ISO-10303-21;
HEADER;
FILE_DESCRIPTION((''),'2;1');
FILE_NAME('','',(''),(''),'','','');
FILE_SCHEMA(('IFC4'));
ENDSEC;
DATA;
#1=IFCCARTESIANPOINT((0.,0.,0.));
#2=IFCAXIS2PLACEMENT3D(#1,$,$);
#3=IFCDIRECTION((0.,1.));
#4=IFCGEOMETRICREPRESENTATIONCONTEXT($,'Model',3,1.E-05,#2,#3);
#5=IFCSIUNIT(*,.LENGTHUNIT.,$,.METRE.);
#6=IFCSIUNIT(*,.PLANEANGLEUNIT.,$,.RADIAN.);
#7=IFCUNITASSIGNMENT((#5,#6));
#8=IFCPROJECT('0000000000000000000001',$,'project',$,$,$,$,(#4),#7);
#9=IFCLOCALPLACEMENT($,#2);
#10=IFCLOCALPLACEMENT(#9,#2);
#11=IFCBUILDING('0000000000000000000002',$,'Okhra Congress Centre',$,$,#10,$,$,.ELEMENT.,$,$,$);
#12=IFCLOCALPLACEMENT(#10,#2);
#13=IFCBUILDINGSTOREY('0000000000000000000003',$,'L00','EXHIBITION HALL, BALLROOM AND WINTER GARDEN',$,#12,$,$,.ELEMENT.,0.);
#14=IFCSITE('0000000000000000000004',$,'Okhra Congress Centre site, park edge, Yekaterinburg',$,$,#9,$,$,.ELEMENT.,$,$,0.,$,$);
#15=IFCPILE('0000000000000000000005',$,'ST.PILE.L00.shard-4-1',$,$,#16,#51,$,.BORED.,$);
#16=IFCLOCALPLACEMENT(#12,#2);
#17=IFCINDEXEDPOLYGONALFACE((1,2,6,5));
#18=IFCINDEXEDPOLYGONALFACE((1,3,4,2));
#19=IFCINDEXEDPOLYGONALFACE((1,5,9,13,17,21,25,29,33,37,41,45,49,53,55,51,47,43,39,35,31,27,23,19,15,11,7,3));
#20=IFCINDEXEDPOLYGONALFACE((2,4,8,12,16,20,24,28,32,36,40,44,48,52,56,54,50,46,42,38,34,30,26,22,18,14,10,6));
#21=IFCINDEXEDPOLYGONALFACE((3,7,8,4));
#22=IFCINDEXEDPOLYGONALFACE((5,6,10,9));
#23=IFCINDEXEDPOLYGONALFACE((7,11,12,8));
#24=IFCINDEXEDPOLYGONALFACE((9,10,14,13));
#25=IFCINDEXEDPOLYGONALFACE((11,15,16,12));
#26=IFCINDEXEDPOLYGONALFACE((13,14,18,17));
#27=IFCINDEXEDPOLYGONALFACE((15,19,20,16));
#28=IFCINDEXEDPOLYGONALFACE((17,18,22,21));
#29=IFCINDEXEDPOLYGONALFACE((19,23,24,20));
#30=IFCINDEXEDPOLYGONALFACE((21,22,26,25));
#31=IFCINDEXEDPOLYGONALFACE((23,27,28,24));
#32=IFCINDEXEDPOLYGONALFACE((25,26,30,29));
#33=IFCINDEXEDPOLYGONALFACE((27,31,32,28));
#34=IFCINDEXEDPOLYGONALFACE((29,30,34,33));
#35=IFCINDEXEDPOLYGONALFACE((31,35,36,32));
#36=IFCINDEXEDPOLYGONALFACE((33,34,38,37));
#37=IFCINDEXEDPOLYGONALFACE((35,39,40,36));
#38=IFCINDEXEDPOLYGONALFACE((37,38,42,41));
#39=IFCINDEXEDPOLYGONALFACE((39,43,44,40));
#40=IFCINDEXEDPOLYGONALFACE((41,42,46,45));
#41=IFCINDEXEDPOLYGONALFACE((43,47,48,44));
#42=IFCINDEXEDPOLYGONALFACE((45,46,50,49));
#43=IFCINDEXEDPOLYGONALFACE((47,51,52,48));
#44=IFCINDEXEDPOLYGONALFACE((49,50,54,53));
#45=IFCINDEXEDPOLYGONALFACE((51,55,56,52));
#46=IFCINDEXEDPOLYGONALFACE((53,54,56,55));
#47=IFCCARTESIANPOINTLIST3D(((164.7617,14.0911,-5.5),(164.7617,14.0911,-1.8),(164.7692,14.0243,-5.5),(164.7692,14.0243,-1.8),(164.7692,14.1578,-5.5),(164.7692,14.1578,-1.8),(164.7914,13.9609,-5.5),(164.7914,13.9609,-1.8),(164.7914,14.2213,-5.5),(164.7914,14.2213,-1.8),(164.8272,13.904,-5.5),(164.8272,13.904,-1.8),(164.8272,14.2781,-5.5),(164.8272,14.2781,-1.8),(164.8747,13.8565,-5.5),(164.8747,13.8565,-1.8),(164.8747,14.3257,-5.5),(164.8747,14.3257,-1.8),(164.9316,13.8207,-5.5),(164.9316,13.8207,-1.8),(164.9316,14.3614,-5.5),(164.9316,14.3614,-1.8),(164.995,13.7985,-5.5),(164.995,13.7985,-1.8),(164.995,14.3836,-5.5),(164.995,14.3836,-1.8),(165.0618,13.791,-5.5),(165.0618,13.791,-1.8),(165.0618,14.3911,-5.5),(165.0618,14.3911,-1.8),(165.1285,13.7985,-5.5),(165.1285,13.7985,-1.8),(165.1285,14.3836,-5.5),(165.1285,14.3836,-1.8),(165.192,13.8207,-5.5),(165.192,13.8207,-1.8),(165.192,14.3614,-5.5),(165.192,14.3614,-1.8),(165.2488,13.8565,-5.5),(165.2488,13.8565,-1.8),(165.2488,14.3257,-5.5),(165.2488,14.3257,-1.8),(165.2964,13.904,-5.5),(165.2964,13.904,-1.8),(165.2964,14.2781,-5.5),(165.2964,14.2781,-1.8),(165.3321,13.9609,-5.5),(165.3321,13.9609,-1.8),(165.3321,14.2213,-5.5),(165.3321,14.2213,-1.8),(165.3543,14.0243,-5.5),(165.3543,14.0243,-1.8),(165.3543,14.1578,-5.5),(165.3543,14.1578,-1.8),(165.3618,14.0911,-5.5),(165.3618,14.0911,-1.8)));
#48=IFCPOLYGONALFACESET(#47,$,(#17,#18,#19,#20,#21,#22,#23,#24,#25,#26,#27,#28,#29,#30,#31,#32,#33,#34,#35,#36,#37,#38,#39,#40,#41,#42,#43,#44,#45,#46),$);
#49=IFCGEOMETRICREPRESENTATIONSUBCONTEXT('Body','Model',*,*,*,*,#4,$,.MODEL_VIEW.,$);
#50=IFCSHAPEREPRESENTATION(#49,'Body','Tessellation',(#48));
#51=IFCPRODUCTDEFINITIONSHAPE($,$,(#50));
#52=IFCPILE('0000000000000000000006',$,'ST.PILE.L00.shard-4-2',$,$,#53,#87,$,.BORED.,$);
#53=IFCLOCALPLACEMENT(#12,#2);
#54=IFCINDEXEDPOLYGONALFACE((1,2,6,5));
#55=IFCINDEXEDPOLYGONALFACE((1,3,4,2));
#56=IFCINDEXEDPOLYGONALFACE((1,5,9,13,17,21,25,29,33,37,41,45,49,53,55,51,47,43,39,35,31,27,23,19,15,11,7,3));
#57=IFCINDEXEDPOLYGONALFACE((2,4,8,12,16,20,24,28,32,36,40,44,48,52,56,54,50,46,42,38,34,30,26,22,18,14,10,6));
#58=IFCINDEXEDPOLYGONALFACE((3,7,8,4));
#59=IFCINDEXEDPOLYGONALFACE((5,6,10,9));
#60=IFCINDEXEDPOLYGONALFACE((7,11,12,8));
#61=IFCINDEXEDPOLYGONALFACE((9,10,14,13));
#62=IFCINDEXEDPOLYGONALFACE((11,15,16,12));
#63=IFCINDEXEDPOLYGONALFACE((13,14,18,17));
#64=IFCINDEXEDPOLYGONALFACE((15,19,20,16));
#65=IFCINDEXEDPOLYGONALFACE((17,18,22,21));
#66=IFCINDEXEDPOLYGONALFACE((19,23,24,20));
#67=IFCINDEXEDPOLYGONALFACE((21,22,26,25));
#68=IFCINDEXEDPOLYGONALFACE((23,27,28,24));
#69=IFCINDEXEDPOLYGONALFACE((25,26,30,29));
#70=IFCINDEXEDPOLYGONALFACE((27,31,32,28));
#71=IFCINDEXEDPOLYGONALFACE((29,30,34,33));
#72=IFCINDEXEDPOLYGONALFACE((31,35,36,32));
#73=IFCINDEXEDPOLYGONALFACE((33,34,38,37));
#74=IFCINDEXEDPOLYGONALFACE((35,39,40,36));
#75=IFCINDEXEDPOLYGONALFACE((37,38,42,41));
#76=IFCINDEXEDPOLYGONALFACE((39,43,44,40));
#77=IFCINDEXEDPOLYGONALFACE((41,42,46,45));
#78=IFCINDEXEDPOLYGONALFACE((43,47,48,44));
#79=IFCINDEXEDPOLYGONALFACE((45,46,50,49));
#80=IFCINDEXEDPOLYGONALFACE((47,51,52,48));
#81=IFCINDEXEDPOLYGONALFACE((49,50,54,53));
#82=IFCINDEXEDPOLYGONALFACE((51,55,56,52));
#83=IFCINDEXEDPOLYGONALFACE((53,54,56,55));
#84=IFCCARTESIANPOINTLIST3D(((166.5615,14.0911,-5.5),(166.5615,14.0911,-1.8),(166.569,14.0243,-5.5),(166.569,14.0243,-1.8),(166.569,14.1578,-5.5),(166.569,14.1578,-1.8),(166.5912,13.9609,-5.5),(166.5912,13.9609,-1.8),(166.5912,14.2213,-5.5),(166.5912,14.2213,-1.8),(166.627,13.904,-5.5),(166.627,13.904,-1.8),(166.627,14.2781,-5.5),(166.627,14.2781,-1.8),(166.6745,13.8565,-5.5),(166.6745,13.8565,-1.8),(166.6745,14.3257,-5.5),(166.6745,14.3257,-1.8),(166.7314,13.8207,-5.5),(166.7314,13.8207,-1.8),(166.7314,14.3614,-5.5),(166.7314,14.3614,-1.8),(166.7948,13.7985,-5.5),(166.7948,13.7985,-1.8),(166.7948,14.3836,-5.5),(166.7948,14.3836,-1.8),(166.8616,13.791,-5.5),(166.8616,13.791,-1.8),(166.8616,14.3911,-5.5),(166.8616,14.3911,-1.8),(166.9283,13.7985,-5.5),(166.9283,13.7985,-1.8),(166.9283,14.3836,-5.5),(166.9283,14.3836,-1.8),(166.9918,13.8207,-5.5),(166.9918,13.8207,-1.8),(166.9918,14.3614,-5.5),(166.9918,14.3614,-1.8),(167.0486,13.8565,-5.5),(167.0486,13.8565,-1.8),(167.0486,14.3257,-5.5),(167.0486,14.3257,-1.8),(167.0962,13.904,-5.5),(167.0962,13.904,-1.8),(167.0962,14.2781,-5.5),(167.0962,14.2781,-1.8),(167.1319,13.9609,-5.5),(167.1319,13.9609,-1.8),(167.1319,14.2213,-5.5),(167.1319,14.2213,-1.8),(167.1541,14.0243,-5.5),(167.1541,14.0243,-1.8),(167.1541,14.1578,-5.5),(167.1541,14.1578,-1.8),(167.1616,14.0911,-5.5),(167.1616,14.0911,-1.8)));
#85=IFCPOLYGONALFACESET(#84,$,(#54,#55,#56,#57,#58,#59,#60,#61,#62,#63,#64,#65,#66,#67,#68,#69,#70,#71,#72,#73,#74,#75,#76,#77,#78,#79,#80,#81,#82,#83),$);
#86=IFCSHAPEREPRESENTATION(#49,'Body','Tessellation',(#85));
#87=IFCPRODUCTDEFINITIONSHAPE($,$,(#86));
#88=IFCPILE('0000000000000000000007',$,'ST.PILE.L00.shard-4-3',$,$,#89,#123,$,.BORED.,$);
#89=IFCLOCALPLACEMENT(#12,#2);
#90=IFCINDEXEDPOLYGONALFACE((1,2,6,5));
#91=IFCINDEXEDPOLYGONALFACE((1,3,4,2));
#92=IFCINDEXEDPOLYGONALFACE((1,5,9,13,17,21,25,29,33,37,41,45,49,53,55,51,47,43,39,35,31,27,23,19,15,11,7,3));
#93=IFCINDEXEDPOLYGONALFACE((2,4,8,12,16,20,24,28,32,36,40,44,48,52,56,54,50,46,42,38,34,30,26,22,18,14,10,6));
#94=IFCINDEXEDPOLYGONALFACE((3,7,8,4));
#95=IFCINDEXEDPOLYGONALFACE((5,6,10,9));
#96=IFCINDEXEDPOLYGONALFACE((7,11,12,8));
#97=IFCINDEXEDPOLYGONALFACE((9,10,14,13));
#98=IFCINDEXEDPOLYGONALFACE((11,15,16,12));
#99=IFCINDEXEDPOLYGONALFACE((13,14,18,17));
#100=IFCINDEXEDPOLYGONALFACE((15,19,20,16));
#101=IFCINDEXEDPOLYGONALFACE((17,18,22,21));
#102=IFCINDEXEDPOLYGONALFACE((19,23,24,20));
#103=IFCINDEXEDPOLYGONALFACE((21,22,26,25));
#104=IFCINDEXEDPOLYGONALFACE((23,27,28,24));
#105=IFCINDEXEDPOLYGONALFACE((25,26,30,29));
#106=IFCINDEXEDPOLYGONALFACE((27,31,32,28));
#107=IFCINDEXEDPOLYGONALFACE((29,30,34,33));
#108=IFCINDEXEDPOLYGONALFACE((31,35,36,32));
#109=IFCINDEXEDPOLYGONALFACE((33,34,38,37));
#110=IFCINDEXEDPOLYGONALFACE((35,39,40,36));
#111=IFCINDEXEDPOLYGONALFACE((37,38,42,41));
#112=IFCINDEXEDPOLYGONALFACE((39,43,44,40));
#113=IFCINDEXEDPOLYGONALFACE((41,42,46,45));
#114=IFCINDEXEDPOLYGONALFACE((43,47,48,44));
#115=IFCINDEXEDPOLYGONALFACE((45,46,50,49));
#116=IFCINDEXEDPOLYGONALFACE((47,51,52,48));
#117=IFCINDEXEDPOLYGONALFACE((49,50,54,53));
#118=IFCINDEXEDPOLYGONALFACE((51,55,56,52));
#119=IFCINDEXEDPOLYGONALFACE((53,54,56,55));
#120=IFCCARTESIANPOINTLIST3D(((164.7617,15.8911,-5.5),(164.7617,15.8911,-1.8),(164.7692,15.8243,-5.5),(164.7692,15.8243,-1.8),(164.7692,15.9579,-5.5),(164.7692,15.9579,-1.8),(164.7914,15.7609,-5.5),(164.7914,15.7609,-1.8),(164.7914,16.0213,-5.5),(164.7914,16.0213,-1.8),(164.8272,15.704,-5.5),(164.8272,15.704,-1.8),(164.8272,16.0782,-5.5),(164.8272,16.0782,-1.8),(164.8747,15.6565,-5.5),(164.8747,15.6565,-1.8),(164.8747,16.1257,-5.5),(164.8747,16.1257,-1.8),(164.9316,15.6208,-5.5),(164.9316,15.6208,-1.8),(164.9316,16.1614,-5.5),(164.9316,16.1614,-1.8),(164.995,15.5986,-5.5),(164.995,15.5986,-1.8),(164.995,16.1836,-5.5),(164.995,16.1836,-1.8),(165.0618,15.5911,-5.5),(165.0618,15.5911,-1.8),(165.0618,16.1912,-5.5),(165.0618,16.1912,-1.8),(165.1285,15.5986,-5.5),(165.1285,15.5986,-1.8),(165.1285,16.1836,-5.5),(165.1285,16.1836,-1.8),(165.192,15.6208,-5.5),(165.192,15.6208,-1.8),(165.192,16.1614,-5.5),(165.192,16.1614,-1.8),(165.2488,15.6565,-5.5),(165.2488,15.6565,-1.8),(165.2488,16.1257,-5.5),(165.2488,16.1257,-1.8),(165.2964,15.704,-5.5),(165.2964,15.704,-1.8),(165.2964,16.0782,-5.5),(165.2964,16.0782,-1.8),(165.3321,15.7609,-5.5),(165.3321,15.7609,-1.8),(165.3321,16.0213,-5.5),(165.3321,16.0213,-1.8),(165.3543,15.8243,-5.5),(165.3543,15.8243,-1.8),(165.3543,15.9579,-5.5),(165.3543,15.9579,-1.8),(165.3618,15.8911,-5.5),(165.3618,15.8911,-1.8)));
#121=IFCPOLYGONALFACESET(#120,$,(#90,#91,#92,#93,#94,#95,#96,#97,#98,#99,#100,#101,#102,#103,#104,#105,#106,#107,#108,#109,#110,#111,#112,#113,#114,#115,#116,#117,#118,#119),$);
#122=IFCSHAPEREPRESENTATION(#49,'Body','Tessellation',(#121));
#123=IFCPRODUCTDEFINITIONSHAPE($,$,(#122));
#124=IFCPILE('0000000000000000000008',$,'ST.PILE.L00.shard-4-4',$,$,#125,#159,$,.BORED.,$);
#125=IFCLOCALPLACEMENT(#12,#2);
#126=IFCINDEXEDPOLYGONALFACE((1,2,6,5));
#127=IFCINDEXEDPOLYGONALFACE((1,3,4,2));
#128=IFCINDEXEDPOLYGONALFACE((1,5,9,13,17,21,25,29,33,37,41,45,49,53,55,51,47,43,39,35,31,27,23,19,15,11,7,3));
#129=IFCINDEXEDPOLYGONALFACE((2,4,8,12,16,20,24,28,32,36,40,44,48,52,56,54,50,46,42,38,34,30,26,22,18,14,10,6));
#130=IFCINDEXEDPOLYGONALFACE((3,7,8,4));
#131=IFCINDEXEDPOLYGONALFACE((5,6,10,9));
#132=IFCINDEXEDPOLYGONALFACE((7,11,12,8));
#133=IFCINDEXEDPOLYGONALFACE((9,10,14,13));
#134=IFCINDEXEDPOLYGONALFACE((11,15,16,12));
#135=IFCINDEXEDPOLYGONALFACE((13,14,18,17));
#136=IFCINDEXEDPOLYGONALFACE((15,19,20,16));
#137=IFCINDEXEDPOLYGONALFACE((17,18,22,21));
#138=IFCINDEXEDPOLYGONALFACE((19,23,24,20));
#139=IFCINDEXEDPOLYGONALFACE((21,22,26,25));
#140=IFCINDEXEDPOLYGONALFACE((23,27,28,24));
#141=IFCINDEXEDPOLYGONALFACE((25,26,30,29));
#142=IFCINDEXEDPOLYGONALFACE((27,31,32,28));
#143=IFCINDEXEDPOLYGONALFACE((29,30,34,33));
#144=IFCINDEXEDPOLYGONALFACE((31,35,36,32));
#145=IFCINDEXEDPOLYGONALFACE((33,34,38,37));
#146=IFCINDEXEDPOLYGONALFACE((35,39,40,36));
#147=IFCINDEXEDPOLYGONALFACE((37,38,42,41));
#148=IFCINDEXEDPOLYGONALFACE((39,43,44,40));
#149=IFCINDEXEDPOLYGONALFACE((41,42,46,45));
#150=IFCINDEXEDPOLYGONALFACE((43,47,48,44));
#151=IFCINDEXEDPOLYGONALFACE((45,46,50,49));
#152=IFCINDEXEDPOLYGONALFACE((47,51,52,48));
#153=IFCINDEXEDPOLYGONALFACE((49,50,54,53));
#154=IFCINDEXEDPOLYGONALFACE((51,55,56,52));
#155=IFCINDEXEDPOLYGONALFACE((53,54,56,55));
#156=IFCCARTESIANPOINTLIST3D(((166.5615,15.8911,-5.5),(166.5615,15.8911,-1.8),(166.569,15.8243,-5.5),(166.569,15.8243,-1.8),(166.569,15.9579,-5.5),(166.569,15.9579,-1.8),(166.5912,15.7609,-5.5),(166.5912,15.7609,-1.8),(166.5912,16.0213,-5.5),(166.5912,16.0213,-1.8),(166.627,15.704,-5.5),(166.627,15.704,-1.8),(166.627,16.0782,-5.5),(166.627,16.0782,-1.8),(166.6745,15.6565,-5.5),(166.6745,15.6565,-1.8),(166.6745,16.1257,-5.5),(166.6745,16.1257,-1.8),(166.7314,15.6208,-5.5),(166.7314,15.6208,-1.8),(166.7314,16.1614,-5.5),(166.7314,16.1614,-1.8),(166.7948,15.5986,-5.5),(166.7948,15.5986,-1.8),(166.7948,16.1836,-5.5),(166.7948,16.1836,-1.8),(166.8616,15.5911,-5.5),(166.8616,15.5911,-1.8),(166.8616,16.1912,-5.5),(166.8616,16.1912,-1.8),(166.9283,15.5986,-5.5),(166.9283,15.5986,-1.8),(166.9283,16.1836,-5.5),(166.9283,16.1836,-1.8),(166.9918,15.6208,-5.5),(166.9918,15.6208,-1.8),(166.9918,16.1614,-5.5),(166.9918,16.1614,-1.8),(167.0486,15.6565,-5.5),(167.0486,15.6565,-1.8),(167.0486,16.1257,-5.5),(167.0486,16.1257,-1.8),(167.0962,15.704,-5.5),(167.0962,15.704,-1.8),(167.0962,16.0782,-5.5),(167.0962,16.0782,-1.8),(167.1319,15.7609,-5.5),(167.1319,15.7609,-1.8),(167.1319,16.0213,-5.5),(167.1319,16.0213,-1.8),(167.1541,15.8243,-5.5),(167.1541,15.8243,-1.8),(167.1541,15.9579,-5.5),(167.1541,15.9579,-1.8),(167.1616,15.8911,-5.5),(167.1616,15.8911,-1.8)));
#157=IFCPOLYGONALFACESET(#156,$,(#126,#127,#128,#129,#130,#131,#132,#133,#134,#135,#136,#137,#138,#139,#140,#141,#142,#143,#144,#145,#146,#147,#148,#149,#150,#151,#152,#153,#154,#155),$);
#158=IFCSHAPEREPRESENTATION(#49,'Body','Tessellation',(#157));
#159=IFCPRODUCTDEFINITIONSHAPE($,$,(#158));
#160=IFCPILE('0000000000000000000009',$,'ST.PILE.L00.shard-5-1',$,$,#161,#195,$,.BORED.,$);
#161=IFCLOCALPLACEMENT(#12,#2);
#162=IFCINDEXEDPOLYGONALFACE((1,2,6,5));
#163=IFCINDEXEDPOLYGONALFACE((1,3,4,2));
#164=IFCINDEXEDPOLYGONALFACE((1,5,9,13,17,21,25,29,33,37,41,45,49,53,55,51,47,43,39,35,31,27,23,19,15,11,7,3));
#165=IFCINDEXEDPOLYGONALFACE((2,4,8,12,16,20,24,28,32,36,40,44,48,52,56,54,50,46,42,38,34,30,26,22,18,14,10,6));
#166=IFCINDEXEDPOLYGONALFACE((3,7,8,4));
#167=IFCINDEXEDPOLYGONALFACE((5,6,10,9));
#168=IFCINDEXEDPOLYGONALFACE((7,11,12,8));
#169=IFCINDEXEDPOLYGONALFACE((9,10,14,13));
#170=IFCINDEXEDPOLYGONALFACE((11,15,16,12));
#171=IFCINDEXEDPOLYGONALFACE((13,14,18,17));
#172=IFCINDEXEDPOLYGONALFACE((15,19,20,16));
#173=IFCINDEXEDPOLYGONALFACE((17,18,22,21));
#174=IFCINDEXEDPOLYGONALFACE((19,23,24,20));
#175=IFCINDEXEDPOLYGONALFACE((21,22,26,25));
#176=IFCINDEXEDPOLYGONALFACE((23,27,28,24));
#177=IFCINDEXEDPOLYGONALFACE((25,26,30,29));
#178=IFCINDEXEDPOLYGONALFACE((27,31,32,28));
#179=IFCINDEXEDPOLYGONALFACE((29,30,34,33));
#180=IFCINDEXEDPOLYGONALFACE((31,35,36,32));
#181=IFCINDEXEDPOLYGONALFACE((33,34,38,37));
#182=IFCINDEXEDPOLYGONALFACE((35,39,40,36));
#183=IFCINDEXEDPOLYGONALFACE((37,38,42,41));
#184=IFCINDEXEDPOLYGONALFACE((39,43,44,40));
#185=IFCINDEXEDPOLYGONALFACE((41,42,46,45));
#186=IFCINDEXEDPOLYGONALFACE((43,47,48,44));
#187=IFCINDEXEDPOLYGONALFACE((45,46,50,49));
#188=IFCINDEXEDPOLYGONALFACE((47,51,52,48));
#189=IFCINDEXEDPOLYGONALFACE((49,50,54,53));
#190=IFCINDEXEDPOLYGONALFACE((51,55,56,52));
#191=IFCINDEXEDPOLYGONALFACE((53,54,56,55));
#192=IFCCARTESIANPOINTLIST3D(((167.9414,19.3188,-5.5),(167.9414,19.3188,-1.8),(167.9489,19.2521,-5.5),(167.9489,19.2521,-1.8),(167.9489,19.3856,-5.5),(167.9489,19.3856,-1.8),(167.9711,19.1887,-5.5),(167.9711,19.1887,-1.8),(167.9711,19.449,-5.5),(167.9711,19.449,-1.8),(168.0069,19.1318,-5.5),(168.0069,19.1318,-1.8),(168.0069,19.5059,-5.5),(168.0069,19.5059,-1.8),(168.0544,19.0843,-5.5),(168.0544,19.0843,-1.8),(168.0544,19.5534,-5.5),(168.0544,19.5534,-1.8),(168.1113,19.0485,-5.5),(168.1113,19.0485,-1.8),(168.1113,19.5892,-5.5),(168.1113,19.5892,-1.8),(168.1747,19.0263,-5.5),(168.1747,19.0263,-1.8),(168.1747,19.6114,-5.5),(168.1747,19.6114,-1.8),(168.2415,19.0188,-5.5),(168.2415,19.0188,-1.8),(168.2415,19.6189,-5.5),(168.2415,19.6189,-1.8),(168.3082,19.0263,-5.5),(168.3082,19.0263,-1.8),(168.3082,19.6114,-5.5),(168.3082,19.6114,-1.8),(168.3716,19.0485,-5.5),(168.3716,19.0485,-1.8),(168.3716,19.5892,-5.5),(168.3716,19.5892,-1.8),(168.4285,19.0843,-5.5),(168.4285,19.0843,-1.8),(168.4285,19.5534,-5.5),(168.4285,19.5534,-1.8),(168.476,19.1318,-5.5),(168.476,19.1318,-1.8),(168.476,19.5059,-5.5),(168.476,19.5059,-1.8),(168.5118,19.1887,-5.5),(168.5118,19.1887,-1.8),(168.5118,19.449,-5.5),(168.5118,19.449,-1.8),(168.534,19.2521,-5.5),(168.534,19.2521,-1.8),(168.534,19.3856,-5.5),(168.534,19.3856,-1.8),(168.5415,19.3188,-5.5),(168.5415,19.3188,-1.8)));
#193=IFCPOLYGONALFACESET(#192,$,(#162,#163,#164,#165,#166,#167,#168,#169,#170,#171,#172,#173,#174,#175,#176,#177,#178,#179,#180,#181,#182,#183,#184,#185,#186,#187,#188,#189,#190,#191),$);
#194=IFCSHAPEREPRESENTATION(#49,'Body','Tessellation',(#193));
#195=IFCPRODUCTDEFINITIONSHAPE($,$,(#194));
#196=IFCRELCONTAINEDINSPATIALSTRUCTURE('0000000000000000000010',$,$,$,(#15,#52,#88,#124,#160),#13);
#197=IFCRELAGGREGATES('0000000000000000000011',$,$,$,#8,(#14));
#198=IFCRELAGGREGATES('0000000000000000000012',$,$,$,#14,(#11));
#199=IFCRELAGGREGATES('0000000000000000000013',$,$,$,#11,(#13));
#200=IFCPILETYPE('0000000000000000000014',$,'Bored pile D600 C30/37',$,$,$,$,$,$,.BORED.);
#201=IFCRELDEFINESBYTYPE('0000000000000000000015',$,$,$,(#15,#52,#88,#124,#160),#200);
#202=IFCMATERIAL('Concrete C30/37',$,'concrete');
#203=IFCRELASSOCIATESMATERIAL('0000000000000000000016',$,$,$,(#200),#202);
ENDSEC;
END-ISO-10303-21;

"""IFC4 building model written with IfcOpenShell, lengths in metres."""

from ifc_helpers import new_model, si_unit, direction, frame, origin, origin_2d, place, context, subcontext, project, spatial, circle, extrude, material, material_profile, profile_set, type_object, element, save


model = new_model("IFC4")

# Units and contexts
model_context = context("Model", 3, precision=1e-05, world=origin(), true_north=direction((0.0, 1.0)))
body_context = subcontext(model_context, "Body", "Model", "MODEL_VIEW")
ifc_project = project(units=[si_unit("LENGTHUNIT", "METRE"), si_unit("PLANEANGLEUNIT", "RADIAN")], contexts=[model_context])

# Site, building, storey
site_placement = place(None, origin())
site = spatial("IfcSite", under=ifc_project, at=site_placement, Name="Okhra Congress Centre site, park edge, Yekaterinburg", CompositionType="ELEMENT", RefElevation=0.0)
building_placement = place(site_placement, origin())
building = spatial("IfcBuilding", under=site, at=building_placement, Name="Okhra Congress Centre", CompositionType="ELEMENT")
storey_placement = place(building_placement, origin())
storey = spatial("IfcBuildingStorey", under=building, at=storey_placement, Name="L00", Description="EXHIBITION HALL, BALLROOM AND WINTER GARDEN", CompositionType="ELEMENT", Elevation=0.0)

# Piles
ifc_material_1 = material(Name="Concrete C30/37", Category="concrete")
ifc_material_profile_1 = material_profile(ifc_material_1, circle(Radius=0.3, at=origin_2d()), Name="D600")
ifc_profile_set_1 = profile_set([ifc_material_profile_1], Name="Concrete C30/37")
pile_type = type_object("IfcPileType", Name="Bored pile D600 C30/37", PredefinedType="BORED", material=ifc_profile_set_1)
for number, where, z_axis, x_axis, name in (
    (1, (165.0618, 14.0911, -1.8), (0.0, 0.0, -1.0), (1.0, 0.0, 0.0), "ST.PILE.L00.shard-4-1"),
    (2, (166.8616, 14.0911, -1.8), (0.0, 0.0, -1.0), (1.0, 0.0, 0.0), "ST.PILE.L00.shard-4-2"),
    (3, (165.0618, 15.8911, -1.8), (0.0, 0.0, -1.0), (1.0, 0.0, 0.0), "ST.PILE.L00.shard-4-3"),
    (4, (166.8616, 15.8911, -1.8), (0.0, 0.0, -1.0), (1.0, 0.0, 0.0), "ST.PILE.L00.shard-4-4"),
    (5, (168.2415, 19.3188, -1.8), (0.0, 0.0, -1.0), (1.0, 0.0, 0.0), "ST.PILE.L00.shard-5-1"),
):
    element("IfcPile", number, at=place(storey_placement, frame(where, z_axis=z_axis, x_axis=x_axis)), inside=storey, type_object=pile_type, Name=name, PredefinedType="BORED", context=body_context, shape_type="SweptSolid", body=[
        extrude(circle(Radius=0.3, at=origin_2d()), origin(), (0.0, 0.0, 1.0), 3.7),
    ])

save(model, "model.ifc")
